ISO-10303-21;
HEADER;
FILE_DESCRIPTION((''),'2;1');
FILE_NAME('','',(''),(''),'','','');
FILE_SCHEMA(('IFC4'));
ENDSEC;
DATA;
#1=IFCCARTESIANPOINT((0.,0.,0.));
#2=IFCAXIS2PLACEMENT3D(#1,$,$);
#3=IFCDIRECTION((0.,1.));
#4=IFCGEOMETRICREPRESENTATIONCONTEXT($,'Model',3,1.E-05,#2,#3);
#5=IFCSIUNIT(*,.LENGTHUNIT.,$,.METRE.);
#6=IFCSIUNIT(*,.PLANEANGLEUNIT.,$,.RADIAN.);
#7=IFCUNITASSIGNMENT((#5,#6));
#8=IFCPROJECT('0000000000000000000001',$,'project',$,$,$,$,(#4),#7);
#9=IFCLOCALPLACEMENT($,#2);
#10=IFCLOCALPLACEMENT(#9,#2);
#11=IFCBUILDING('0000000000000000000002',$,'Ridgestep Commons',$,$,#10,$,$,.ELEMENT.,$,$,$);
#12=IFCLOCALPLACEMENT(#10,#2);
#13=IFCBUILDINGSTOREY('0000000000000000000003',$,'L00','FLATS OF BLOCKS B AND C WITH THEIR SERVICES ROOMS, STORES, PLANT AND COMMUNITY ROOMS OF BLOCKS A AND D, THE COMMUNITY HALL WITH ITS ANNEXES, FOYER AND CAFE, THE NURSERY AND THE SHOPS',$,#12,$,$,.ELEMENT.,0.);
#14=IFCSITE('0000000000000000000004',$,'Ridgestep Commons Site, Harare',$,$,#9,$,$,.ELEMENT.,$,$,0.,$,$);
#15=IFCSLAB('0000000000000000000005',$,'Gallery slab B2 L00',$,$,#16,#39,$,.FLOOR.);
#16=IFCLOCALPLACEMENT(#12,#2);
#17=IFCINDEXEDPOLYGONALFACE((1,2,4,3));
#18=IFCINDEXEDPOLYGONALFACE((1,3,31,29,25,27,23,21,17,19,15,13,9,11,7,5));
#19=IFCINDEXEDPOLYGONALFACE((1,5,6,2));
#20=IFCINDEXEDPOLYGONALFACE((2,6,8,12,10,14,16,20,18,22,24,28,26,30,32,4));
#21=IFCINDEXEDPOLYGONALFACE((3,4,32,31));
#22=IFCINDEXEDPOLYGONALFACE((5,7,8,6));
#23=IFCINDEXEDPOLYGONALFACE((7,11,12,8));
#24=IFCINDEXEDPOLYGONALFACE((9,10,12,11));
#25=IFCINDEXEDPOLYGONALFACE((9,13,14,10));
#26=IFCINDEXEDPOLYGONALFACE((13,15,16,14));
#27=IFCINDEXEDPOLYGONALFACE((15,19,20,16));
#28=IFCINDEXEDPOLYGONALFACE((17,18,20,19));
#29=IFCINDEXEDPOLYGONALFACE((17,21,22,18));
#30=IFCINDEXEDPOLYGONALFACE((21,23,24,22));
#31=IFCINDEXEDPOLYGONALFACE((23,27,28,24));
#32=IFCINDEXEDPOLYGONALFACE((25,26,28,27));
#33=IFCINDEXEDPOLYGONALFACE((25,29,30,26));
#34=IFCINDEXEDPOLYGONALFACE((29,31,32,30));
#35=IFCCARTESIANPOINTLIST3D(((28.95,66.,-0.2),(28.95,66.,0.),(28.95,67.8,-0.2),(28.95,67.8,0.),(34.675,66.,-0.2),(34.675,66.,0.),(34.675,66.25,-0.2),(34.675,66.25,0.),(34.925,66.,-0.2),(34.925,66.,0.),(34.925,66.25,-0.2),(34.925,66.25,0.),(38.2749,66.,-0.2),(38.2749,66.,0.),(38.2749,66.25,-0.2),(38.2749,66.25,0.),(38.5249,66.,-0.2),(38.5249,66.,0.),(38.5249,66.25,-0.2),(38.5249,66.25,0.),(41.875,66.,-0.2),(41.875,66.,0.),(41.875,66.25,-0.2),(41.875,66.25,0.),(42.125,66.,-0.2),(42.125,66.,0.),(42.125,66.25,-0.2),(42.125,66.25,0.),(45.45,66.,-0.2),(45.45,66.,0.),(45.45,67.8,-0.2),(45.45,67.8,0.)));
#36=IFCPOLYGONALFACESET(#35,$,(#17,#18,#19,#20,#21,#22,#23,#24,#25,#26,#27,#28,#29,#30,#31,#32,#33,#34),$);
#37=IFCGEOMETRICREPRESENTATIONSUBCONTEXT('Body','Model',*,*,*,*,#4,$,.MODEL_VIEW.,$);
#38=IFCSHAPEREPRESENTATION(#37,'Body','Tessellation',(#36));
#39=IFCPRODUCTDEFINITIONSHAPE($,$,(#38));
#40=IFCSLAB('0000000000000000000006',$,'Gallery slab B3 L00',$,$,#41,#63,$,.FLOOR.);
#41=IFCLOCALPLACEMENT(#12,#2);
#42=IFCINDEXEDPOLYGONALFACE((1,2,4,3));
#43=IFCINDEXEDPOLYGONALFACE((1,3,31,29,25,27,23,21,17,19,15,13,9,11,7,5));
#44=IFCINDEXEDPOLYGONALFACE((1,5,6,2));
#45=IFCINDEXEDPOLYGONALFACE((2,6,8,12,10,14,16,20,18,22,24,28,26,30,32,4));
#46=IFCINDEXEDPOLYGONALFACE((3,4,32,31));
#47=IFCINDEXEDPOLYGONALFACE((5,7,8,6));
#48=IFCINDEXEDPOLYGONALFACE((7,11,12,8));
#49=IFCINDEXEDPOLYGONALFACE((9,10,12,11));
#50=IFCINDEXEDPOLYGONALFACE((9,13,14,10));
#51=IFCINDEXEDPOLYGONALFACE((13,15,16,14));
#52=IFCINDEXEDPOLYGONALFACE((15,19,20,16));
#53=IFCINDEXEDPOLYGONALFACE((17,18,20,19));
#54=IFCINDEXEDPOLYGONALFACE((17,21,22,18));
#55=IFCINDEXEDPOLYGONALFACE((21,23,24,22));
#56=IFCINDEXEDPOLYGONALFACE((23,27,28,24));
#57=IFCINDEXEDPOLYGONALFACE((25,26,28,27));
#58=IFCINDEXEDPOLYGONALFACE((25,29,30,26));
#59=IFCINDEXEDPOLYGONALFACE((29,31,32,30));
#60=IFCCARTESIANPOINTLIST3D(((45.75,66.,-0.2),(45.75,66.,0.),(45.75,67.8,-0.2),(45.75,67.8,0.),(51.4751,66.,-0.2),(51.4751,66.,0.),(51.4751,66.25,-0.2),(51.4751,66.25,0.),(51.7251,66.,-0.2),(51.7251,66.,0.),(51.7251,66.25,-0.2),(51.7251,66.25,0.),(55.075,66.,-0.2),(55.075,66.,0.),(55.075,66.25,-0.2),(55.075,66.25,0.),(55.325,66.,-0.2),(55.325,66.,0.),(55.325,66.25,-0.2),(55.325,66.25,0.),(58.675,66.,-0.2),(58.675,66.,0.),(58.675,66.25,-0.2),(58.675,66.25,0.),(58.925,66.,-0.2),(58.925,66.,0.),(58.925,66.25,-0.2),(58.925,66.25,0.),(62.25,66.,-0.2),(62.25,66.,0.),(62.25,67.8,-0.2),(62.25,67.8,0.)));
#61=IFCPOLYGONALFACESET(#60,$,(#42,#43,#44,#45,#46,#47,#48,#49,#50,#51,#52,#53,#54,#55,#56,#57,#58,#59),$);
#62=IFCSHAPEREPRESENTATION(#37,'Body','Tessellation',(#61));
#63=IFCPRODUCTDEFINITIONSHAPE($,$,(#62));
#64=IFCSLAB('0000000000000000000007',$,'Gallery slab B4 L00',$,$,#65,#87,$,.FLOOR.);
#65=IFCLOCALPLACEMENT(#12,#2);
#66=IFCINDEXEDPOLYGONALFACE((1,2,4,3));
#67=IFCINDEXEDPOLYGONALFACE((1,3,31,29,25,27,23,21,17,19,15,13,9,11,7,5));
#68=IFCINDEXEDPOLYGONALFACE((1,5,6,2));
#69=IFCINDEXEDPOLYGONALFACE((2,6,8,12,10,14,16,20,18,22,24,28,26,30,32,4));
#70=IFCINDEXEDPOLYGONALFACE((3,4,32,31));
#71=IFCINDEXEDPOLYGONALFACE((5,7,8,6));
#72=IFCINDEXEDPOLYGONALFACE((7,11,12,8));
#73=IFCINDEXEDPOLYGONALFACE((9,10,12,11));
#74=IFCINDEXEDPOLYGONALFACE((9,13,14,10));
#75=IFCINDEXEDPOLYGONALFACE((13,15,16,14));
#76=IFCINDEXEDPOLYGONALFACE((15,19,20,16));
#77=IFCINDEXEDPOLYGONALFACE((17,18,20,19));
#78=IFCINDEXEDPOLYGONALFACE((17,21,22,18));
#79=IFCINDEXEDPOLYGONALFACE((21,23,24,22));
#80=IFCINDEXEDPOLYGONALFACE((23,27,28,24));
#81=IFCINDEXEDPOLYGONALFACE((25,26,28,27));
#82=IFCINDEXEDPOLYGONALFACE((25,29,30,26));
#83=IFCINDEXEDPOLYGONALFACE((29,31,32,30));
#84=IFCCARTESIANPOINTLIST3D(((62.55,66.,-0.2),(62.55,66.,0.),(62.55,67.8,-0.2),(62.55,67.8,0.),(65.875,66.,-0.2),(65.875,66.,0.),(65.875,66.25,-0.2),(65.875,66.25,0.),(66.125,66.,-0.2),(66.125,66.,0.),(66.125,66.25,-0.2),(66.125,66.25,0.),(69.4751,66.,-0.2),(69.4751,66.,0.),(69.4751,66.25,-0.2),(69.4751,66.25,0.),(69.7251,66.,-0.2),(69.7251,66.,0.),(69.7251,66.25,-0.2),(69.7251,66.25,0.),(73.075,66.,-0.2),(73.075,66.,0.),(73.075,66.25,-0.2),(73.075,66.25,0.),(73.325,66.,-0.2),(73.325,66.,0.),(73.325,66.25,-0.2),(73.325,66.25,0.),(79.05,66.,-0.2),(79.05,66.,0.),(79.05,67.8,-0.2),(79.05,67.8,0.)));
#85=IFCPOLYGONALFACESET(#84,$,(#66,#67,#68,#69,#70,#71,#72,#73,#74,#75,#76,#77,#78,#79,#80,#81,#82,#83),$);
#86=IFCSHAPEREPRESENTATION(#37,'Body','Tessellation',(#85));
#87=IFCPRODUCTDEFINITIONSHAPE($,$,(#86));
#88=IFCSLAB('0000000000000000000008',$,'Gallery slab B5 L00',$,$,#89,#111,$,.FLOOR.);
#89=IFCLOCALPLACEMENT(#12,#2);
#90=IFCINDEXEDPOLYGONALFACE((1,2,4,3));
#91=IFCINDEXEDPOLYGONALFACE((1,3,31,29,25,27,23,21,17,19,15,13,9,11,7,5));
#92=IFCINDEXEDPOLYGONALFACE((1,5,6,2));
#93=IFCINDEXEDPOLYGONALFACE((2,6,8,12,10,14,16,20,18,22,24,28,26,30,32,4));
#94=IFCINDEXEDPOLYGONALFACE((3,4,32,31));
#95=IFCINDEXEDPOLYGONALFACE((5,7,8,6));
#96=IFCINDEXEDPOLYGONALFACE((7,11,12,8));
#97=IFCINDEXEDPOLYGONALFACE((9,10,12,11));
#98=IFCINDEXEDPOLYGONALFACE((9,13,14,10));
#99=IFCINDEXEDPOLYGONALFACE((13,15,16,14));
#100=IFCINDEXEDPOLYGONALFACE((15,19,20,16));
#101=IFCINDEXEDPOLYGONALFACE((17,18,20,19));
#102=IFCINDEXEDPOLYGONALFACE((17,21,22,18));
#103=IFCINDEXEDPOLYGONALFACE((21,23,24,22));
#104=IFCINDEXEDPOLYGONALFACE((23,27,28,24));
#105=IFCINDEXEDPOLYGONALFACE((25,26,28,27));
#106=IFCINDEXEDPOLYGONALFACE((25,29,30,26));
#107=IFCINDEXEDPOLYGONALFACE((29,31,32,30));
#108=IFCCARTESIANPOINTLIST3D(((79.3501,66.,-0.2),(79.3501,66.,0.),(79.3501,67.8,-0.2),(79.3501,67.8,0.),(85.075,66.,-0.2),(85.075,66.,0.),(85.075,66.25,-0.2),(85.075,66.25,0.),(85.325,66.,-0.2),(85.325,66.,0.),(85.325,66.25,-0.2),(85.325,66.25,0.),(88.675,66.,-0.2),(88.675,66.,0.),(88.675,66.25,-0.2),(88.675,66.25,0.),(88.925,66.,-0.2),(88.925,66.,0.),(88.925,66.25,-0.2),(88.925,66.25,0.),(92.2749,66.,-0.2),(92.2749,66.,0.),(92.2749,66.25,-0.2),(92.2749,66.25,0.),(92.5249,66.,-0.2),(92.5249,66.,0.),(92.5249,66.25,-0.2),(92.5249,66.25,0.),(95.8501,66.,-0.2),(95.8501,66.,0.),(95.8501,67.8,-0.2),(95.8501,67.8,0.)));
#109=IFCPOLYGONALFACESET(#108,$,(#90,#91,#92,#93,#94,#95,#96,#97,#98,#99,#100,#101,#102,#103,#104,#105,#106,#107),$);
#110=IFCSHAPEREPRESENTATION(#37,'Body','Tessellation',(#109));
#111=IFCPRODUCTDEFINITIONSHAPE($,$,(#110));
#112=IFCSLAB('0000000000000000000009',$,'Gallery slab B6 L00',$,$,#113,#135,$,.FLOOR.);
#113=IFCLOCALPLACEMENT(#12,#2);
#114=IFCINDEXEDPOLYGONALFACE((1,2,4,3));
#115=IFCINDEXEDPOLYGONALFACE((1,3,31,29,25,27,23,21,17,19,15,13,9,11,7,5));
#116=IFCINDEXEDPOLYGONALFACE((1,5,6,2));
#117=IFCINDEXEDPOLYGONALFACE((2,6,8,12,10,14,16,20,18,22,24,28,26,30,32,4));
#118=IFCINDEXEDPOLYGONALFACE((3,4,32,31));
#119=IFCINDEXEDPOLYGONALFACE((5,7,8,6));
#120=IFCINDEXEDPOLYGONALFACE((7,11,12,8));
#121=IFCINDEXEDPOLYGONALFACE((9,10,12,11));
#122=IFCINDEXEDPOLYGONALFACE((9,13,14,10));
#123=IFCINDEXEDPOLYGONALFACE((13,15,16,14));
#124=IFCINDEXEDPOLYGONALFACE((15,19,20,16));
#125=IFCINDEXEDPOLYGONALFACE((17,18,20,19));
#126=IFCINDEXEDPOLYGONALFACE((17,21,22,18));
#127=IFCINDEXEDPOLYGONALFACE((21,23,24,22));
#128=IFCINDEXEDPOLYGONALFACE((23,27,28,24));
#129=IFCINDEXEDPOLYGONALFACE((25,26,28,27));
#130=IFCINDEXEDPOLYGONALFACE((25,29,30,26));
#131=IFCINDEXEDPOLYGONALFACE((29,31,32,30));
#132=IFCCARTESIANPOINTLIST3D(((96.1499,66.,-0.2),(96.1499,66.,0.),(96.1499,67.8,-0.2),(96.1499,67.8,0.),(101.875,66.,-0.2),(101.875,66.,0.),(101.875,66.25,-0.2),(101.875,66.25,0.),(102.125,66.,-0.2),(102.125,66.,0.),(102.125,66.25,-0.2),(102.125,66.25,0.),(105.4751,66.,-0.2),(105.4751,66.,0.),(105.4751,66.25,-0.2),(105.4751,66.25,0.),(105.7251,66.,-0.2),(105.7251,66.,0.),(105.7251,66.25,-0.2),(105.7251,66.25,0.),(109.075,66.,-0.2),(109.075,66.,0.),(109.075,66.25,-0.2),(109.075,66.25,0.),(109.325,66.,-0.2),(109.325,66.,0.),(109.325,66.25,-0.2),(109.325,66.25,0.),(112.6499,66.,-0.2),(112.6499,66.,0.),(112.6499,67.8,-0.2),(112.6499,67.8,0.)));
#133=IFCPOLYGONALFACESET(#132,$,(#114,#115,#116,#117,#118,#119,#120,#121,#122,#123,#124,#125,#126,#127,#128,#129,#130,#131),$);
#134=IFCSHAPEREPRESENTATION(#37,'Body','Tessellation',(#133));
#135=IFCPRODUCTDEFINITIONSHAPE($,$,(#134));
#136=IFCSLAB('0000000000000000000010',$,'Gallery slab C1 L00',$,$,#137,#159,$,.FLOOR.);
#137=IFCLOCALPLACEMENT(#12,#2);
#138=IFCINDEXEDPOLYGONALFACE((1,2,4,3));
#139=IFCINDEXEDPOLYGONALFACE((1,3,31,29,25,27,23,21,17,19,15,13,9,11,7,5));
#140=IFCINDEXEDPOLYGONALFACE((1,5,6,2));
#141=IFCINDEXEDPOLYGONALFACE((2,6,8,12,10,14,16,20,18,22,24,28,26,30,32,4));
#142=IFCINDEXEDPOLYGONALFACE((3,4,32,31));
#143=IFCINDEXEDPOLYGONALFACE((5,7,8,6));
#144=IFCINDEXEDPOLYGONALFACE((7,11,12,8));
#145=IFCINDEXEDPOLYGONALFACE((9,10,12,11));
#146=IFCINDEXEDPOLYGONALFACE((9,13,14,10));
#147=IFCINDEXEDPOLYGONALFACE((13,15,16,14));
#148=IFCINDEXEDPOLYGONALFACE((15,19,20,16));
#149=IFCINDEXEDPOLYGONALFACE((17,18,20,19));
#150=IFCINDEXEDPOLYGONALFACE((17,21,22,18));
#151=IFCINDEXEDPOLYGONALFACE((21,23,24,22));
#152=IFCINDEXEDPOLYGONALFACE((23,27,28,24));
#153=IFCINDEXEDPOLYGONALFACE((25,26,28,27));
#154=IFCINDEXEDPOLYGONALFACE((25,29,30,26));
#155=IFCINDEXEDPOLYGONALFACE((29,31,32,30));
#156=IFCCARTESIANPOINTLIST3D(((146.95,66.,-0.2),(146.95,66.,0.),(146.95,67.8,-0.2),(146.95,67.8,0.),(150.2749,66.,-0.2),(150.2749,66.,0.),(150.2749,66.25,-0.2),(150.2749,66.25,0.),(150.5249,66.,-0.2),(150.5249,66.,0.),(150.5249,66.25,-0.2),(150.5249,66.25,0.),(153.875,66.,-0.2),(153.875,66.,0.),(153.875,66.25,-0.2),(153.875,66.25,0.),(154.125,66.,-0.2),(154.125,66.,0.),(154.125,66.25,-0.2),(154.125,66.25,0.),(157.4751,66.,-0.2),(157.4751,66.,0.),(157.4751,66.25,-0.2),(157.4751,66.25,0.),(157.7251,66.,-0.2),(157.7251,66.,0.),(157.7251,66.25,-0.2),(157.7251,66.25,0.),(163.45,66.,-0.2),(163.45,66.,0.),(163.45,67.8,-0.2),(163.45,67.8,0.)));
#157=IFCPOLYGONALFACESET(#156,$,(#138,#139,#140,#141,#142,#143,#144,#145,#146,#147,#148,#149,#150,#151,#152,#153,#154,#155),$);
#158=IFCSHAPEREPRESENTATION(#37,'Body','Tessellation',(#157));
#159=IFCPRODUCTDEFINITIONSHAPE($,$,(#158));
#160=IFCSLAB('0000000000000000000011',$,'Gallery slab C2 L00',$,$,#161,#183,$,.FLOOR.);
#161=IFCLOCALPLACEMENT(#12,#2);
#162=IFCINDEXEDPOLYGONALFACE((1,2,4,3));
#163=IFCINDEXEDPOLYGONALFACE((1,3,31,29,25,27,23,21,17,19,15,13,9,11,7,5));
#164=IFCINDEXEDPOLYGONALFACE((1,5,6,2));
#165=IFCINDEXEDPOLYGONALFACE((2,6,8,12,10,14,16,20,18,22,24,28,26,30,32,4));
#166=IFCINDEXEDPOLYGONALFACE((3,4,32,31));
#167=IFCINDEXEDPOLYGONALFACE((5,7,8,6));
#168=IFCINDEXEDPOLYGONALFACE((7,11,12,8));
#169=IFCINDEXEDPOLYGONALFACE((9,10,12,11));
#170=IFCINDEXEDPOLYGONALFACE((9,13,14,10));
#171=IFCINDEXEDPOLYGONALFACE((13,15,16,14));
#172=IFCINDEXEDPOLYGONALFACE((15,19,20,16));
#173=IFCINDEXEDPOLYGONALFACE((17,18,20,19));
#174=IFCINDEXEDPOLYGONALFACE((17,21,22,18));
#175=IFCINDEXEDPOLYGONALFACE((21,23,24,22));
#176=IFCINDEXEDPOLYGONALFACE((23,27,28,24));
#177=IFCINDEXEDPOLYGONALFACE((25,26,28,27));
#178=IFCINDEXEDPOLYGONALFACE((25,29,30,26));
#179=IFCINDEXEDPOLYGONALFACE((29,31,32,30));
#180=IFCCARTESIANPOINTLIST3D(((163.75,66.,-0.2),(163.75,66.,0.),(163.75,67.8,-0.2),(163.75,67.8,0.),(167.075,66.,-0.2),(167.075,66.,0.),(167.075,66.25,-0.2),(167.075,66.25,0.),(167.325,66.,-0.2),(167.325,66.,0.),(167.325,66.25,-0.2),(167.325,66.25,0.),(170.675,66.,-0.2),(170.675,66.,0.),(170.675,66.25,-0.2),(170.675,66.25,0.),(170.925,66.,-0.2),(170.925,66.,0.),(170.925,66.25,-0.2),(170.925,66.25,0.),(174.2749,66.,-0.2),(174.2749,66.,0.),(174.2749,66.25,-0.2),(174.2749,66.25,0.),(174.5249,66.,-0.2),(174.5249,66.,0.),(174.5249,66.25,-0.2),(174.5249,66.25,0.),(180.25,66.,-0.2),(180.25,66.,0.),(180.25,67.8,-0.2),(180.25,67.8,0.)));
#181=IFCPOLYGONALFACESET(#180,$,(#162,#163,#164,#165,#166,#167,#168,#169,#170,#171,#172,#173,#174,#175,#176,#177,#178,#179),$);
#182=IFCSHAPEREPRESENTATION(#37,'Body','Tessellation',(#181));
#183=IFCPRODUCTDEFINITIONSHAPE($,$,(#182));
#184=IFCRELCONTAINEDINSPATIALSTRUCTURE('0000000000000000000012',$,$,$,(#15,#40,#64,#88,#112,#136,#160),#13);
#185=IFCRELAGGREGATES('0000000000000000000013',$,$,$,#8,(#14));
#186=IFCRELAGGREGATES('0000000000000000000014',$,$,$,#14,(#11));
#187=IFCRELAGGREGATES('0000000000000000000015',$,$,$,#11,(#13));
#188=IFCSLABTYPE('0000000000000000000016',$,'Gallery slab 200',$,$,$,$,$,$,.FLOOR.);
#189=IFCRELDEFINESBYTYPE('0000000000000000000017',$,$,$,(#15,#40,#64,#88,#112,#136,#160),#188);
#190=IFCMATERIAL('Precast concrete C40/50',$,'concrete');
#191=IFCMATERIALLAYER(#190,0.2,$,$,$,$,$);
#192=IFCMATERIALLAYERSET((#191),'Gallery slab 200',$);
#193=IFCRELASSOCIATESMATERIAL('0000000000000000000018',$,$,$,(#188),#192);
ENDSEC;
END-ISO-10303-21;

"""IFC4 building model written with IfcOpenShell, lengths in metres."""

from ifc_helpers import new_model, si_unit, direction, frame, origin, place, context, subcontext, project, spatial, polyline, outline, extrude, material, layer, layer_set, type_object, element, save


model = new_model("IFC4")

# Units and contexts
model_context = context("Model", 3, precision=1e-05, world=origin(), true_north=direction((0.0, 1.0)))
body_context = subcontext(model_context, "Body", "Model", "MODEL_VIEW")
ifc_project = project(units=[si_unit("LENGTHUNIT", "METRE"), si_unit("PLANEANGLEUNIT", "RADIAN")], contexts=[model_context])

# Site, building, storey
site_placement = place(None, origin())
site = spatial("IfcSite", under=ifc_project, at=site_placement, Name="Ridgestep Commons Site, Harare", CompositionType="ELEMENT", RefElevation=0.0)
building_placement = place(site_placement, origin())
building = spatial("IfcBuilding", under=site, at=building_placement, Name="Ridgestep Commons", CompositionType="ELEMENT")
storey_placement = place(building_placement, origin())
storey = spatial("IfcBuildingStorey", under=building, at=storey_placement, Name="L00", Description="FLATS OF BLOCKS B AND C WITH THEIR SERVICES ROOMS, STORES, PLANT AND COMMUNITY ROOMS OF BLOCKS A AND D, THE COMMUNITY HALL WITH ITS ANNEXES, FOYER AND CAFE, THE NURSERY AND THE SHOPS", CompositionType="ELEMENT", Elevation=0.0)

# Slabs
ifc_material_1 = material(Name="Precast concrete C40/50", Category="concrete")
ifc_layer_1 = layer(ifc_material_1, 0.2)
ifc_layer_set_1 = layer_set([ifc_layer_1], Name="Gallery slab 200")
slab_type_1 = type_object("IfcSlabType", Name="Gallery slab 200", PredefinedType="FLOOR", material=ifc_layer_set_1)
slab_1_placement = place(storey_placement, frame((0.0, 0.0, -0.2)))
element("IfcSlab", 1, at=slab_1_placement, inside=storey, type_object=slab_type_1, Name="Gallery slab B2 L00", PredefinedType="FLOOR", context=body_context, shape_type="SweptSolid", body=[
    extrude(outline(polyline([(45.45, 67.8), (28.95, 67.8), (28.95, 66.0), (34.675, 66.0), (34.675, 66.25), (34.925, 66.25), (34.925, 66.0), (38.2749, 66.0), (38.2749, 66.25), (38.5249, 66.25), (38.5249, 66.0), (41.875, 66.0), (41.875, 66.25), (42.125, 66.25), (42.125, 66.0), (45.45, 66.0), (45.45, 67.8)])), origin(), (0.0, 0.0, 1.0), 0.2),
])
slab_2_placement = place(storey_placement, frame((0.0, 0.0, -0.2)))
element("IfcSlab", 2, at=slab_2_placement, inside=storey, type_object=slab_type_1, Name="Gallery slab B3 L00", PredefinedType="FLOOR", context=body_context, shape_type="SweptSolid", body=[
    extrude(outline(polyline([(62.25, 67.8), (45.75, 67.8), (45.75, 66.0), (51.4751, 66.0), (51.4751, 66.25), (51.7251, 66.25), (51.7251, 66.0), (55.075, 66.0), (55.075, 66.25), (55.325, 66.25), (55.325, 66.0), (58.675, 66.0), (58.675, 66.25), (58.925, 66.25), (58.925, 66.0), (62.25, 66.0), (62.25, 67.8)])), origin(), (0.0, 0.0, 1.0), 0.2),
])
slab_3_placement = place(storey_placement, frame((0.0, 0.0, -0.2)))
element("IfcSlab", 3, at=slab_3_placement, inside=storey, type_object=slab_type_1, Name="Gallery slab B4 L00", PredefinedType="FLOOR", context=body_context, shape_type="SweptSolid", body=[
    extrude(outline(polyline([(79.05, 67.8), (62.55, 67.8), (62.55, 66.0), (65.875, 66.0), (65.875, 66.25), (66.125, 66.25), (66.125, 66.0), (69.4751, 66.0), (69.4751, 66.25), (69.7251, 66.25), (69.7251, 66.0), (73.075, 66.0), (73.075, 66.25), (73.325, 66.25), (73.325, 66.0), (79.05, 66.0), (79.05, 67.8)])), origin(), (0.0, 0.0, 1.0), 0.2),
])
slab_4_placement = place(storey_placement, frame((0.0, 0.0, -0.2)))
element("IfcSlab", 4, at=slab_4_placement, inside=storey, type_object=slab_type_1, Name="Gallery slab B5 L00", PredefinedType="FLOOR", context=body_context, shape_type="SweptSolid", body=[
    extrude(outline(polyline([(95.8501, 67.8), (79.3501, 67.8), (79.3501, 66.0), (85.075, 66.0), (85.075, 66.25), (85.325, 66.25), (85.325, 66.0), (88.675, 66.0), (88.675, 66.25), (88.925, 66.25), (88.925, 66.0), (92.2749, 66.0), (92.2749, 66.25), (92.5249, 66.25), (92.5249, 66.0), (95.8501, 66.0), (95.8501, 67.8)])), origin(), (0.0, 0.0, 1.0), 0.2),
])
slab_5_placement = place(storey_placement, frame((0.0, 0.0, -0.2)))
element("IfcSlab", 5, at=slab_5_placement, inside=storey, type_object=slab_type_1, Name="Gallery slab B6 L00", PredefinedType="FLOOR", context=body_context, shape_type="SweptSolid", body=[
    extrude(outline(polyline([(112.6499, 67.8), (96.1499, 67.8), (96.1499, 66.0), (101.875, 66.0), (101.875, 66.25), (102.125, 66.25), (102.125, 66.0), (105.4751, 66.0), (105.4751, 66.25), (105.7251, 66.25), (105.7251, 66.0), (109.075, 66.0), (109.075, 66.25), (109.325, 66.25), (109.325, 66.0), (112.6499, 66.0), (112.6499, 67.8)])), origin(), (0.0, 0.0, 1.0), 0.2),
])
slab_6_placement = place(storey_placement, frame((0.0, 0.0, -0.2)))
element("IfcSlab", 6, at=slab_6_placement, inside=storey, type_object=slab_type_1, Name="Gallery slab C1 L00", PredefinedType="FLOOR", context=body_context, shape_type="SweptSolid", body=[
    extrude(outline(polyline([(163.45, 67.8), (146.95, 67.8), (146.95, 66.0), (150.2749, 66.0), (150.2749, 66.25), (150.5249, 66.25), (150.5249, 66.0), (153.875, 66.0), (153.875, 66.25), (154.125, 66.25), (154.125, 66.0), (157.4751, 66.0), (157.4751, 66.25), (157.7251, 66.25), (157.7251, 66.0), (163.45, 66.0), (163.45, 67.8)])), origin(), (0.0, 0.0, 1.0), 0.2),
])
slab_7_placement = place(storey_placement, frame((0.0, 0.0, -0.2)))
element("IfcSlab", 7, at=slab_7_placement, inside=storey, type_object=slab_type_1, Name="Gallery slab C2 L00", PredefinedType="FLOOR", context=body_context, shape_type="SweptSolid", body=[
    extrude(outline(polyline([(180.25, 67.8), (163.75, 67.8), (163.75, 66.0), (167.075, 66.0), (167.075, 66.25), (167.325, 66.25), (167.325, 66.0), (170.675, 66.0), (170.675, 66.25), (170.925, 66.25), (170.925, 66.0), (174.2749, 66.0), (174.2749, 66.25), (174.5249, 66.25), (174.5249, 66.0), (180.25, 66.0), (180.25, 67.8)])), origin(), (0.0, 0.0, 1.0), 0.2),
])

save(model, "model.ifc")
